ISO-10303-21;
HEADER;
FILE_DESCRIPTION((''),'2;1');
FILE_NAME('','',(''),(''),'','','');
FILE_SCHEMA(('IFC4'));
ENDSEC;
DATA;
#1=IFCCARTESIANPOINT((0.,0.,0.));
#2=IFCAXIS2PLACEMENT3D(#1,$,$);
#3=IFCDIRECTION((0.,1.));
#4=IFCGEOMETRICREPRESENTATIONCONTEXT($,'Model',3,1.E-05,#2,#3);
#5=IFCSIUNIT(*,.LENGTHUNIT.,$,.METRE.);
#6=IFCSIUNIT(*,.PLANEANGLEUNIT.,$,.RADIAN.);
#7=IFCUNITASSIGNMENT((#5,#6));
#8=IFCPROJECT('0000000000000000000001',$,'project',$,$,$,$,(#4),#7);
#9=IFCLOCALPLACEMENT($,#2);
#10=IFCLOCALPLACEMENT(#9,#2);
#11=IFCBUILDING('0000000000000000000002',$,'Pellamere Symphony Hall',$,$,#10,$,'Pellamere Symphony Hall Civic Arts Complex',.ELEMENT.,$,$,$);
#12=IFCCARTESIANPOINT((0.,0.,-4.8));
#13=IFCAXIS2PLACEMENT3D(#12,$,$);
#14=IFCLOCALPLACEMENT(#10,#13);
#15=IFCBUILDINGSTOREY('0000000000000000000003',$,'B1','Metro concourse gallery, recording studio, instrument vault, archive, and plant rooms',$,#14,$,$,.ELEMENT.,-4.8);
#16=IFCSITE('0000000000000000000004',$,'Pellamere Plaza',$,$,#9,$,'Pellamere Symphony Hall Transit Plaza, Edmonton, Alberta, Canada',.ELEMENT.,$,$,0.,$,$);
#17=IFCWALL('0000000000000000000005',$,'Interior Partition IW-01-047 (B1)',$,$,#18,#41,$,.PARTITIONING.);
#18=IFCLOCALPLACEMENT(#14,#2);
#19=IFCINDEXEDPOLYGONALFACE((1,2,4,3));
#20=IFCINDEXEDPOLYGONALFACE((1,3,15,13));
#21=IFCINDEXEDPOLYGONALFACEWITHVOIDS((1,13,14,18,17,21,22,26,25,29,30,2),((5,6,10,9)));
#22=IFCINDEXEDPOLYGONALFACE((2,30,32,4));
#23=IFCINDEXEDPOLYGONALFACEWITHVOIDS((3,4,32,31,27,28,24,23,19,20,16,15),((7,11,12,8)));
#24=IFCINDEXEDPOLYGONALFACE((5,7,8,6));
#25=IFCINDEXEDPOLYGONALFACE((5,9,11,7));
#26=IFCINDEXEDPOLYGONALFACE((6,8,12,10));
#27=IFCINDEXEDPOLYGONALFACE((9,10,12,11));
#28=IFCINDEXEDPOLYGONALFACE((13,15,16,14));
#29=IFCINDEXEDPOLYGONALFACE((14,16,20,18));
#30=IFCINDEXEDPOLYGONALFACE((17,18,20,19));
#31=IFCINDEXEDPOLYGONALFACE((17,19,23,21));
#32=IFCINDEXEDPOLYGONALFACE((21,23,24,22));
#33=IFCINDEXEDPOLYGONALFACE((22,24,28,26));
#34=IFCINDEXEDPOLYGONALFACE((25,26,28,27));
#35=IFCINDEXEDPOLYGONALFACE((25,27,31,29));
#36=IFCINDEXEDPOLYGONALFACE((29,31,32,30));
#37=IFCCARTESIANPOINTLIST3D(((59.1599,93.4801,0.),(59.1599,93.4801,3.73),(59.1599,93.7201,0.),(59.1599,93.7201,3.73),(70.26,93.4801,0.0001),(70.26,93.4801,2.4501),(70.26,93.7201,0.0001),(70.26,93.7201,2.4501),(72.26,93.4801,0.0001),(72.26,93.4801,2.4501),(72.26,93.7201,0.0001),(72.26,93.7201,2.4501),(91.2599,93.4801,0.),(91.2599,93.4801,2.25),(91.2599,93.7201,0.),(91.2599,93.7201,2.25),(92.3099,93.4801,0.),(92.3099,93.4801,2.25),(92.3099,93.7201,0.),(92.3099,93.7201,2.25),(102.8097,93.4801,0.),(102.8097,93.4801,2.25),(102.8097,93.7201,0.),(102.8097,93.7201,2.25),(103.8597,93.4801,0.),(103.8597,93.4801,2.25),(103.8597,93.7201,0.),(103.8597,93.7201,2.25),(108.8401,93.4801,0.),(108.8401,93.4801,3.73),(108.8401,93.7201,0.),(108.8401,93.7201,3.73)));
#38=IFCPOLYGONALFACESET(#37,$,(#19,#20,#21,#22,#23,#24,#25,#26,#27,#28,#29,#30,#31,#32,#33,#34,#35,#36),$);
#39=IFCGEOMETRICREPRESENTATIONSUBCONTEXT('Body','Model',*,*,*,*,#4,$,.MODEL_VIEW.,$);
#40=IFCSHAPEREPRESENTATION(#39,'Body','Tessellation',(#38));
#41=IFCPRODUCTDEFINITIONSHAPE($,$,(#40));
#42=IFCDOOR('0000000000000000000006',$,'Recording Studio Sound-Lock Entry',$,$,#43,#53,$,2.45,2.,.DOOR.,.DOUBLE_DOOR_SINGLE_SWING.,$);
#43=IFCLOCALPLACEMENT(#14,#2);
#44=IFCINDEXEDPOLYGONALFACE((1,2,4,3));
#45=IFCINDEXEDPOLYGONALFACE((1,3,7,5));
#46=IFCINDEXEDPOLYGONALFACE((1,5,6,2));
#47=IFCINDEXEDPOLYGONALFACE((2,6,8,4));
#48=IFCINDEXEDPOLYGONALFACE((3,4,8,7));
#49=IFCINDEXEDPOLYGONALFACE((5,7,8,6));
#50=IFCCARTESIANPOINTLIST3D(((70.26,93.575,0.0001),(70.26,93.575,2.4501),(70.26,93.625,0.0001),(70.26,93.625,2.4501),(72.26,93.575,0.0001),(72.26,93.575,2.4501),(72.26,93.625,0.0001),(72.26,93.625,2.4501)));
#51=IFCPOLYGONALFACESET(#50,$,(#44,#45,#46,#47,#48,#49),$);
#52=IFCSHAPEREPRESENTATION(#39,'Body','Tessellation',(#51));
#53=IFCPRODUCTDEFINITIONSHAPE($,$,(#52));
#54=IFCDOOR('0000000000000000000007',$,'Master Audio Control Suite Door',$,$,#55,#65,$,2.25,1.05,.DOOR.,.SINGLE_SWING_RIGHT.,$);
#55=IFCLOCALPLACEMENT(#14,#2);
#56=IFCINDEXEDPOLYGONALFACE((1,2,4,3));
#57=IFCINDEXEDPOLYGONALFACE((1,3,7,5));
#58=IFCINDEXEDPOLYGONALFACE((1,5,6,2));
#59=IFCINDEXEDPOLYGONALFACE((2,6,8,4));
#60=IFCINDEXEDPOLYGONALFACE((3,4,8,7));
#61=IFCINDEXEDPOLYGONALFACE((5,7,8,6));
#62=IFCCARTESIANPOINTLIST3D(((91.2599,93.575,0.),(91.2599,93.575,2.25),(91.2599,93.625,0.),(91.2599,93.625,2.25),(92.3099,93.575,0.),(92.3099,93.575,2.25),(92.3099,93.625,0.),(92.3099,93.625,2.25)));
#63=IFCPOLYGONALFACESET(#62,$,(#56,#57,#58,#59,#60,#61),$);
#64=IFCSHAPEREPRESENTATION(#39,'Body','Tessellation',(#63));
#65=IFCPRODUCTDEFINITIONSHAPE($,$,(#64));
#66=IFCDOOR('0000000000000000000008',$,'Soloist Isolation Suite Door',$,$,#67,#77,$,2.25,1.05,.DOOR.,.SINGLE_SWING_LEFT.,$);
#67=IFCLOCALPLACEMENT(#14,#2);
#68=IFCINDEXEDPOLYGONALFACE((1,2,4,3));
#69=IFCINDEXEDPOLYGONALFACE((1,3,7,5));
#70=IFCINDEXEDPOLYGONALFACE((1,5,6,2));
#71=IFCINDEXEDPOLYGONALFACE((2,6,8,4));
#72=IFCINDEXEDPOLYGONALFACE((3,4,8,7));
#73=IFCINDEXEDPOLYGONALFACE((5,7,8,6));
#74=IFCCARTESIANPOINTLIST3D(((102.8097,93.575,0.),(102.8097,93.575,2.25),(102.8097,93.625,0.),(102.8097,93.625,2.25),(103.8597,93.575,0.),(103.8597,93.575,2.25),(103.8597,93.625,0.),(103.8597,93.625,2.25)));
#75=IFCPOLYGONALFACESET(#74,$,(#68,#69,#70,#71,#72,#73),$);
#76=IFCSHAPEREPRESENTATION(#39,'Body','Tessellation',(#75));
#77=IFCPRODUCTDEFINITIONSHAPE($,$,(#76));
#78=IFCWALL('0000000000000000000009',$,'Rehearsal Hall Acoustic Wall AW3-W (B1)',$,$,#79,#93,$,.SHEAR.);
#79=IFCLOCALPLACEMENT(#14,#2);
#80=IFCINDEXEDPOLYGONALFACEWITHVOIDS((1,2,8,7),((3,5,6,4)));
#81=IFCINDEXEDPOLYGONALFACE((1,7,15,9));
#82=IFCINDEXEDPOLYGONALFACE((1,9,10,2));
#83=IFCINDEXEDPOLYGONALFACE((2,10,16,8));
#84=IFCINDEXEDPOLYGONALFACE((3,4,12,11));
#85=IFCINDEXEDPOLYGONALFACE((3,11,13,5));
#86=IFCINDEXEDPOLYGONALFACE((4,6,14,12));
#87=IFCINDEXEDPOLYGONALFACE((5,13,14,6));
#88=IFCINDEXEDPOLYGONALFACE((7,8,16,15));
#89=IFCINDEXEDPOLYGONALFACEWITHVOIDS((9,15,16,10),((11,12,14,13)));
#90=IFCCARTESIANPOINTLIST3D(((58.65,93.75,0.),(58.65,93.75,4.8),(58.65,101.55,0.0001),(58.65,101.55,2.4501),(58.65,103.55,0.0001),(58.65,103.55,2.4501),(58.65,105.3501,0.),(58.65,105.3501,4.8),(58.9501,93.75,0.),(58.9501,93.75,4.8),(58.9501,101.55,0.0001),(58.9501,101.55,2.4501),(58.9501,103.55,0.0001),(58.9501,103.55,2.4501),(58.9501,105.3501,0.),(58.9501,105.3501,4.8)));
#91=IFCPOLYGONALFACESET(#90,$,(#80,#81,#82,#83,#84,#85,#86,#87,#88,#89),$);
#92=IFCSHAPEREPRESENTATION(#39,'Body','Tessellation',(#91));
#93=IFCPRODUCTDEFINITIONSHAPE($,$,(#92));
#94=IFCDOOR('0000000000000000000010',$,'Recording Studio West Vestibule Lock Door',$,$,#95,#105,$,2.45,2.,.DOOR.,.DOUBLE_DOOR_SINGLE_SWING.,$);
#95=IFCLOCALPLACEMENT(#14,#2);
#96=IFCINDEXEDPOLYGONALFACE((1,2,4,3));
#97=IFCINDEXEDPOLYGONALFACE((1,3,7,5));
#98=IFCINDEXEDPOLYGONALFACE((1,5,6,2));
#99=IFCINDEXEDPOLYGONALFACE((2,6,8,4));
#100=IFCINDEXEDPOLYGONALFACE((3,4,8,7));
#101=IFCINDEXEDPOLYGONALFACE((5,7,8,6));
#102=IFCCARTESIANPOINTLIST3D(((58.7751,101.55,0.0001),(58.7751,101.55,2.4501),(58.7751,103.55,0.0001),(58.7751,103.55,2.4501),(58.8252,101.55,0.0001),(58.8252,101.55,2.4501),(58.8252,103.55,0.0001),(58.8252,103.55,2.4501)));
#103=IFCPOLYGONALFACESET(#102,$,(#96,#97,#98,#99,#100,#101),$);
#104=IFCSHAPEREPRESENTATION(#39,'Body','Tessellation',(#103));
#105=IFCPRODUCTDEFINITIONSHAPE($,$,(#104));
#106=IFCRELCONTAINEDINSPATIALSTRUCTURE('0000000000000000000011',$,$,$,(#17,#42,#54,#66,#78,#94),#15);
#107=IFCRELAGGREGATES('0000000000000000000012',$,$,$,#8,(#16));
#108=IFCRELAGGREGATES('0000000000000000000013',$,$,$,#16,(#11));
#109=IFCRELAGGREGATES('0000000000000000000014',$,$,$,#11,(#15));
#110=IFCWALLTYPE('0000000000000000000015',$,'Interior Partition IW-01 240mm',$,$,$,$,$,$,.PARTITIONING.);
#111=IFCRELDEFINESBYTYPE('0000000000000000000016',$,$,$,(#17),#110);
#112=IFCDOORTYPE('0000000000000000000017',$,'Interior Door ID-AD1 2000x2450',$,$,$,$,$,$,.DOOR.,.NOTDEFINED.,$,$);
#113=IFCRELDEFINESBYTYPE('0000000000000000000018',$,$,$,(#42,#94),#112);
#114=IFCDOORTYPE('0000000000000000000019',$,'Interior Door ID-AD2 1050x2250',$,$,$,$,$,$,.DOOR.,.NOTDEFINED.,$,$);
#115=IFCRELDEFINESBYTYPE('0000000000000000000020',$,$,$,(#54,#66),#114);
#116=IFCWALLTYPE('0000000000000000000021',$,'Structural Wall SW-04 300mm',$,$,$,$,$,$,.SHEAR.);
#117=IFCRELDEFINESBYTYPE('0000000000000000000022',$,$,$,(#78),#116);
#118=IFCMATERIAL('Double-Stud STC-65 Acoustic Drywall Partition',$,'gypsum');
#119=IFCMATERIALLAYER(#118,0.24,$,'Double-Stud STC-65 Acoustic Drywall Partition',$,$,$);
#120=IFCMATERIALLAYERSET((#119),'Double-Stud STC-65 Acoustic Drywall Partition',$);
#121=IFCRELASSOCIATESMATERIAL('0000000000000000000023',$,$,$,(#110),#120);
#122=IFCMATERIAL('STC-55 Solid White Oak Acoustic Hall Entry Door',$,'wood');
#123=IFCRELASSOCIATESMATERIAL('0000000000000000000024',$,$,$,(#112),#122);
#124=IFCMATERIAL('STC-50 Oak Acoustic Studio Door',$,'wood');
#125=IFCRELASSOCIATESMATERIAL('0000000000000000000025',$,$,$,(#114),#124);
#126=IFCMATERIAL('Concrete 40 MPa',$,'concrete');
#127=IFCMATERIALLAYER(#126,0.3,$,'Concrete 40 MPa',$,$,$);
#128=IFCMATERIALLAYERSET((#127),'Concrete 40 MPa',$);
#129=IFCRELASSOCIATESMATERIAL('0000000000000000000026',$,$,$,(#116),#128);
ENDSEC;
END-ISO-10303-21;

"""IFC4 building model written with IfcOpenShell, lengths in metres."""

from ifc_helpers import new_model, si_unit, direction, frame, frame_2d, origin, place, context, subcontext, project, spatial, rectangle, extrude, material, layer, layer_set, type_object, element, fill, save


model = new_model("IFC4")

# Units and contexts
model_context = context("Model", 3, precision=1e-05, world=origin(), true_north=direction((0.0, 1.0)))
body_context = subcontext(model_context, "Body", "Model", "MODEL_VIEW")
ifc_project = project(units=[si_unit("LENGTHUNIT", "METRE"), si_unit("PLANEANGLEUNIT", "RADIAN")], contexts=[model_context])

# Site, building, storey
site_placement = place(None, origin())
site = spatial("IfcSite", under=ifc_project, at=site_placement, Name="Pellamere Plaza", LongName="Pellamere Symphony Hall Transit Plaza, Edmonton, Alberta, Canada", CompositionType="ELEMENT", RefElevation=0.0)
building_placement = place(site_placement, origin())
building = spatial("IfcBuilding", under=site, at=building_placement, Name="Pellamere Symphony Hall", LongName="Pellamere Symphony Hall Civic Arts Complex", CompositionType="ELEMENT")
storey_placement = place(building_placement, frame((0.0, 0.0, -4.8)))
storey = spatial("IfcBuildingStorey", under=building, at=storey_placement, Name="B1", Description="Metro concourse gallery, recording studio, instrument vault, archive, and plant rooms", CompositionType="ELEMENT", Elevation=-4.8)

# Shared definitions
ifc_material_1 = material(Name="Concrete 40 MPa", Category="concrete")

# Wall, openings, doors
ifc_material_2 = material(Name="Double-Stud STC-65 Acoustic Drywall Partition", Category="gypsum")
ifc_layer_1 = layer(ifc_material_2, 0.24, Name="Double-Stud STC-65 Acoustic Drywall Partition")
ifc_layer_set_1 = layer_set([ifc_layer_1], Name="Double-Stud STC-65 Acoustic Drywall Partition")
wall_type_1 = type_object("IfcWallType", Name="Interior Partition IW-01 240mm", PredefinedType="PARTITIONING", material=ifc_layer_set_1)
wall_1_placement = place(storey_placement, frame((59.1599, 93.6001, 0.0), z_axis=(0.0, 0.0, 1.0), x_axis=(1.0, 0.0, 0.0)))
wall_1 = element("IfcWall", 1, at=wall_1_placement, inside=storey, type_object=wall_type_1, Name="Interior Partition IW-01-047 (B1)", PredefinedType="PARTITIONING", context=body_context, shape_type="SweptSolid", body=[
    extrude(rectangle(XDim=49.6802, YDim=0.24, at=frame_2d((24.8401, 0.0))), origin(), (0.0, 0.0, 1.0), 3.73),
])
opening_1_placement = place(wall_1_placement, frame((11.1001, 0.0, 0.0)))
opening_1 = element("IfcOpeningElement", 2, at=opening_1_placement, cuts=wall_1, PredefinedType="OPENING", context=body_context, shape_type="SweptSolid", body=[
    extrude(rectangle(XDim=2.0, YDim=2.45, at=frame_2d((1.0, 1.2251))), frame((0.0, 0.1299, 0.0), z_axis=(0.0, -1.0, 0.0), x_axis=(1.0, 0.0, 0.0)), (0.0, 0.0, 1.0), 0.26),
])
opening_2_placement = place(wall_1_placement, frame((32.1001, 0.0, 0.0)))
opening_2 = element("IfcOpeningElement", 3, at=opening_2_placement, cuts=wall_1, PredefinedType="OPENING", context=body_context, shape_type="SweptSolid", body=[
    extrude(rectangle(XDim=1.05, YDim=2.25, at=frame_2d((0.5249, 1.125))), frame((0.0, 0.1299, 0.0), z_axis=(0.0, -1.0, 0.0), x_axis=(1.0, 0.0, 0.0)), (0.0, 0.0, 1.0), 0.26),
])
opening_3_placement = place(wall_1_placement, frame((43.6499, 0.0, 0.0)))
opening_3 = element("IfcOpeningElement", 4, at=opening_3_placement, cuts=wall_1, PredefinedType="OPENING", context=body_context, shape_type="SweptSolid", body=[
    extrude(rectangle(XDim=1.05, YDim=2.25, at=frame_2d((0.5249, 1.125))), frame((0.0, 0.1299, 0.0), z_axis=(0.0, -1.0, 0.0), x_axis=(1.0, 0.0, 0.0)), (0.0, 0.0, 1.0), 0.26),
])
ifc_material_3 = material(Name="STC-55 Solid White Oak Acoustic Hall Entry Door", Category="wood")
door_type_1 = type_object("IfcDoorType", Name="Interior Door ID-AD1 2000x2450", OperationType="NOTDEFINED", PredefinedType="DOOR", material=ifc_material_3)
door_1_placement = place(opening_1_placement, origin())
door_1 = element("IfcDoor", 5, at=door_1_placement, inside=storey, type_object=door_type_1, Name="Recording Studio Sound-Lock Entry", OperationType="DOUBLE_DOOR_SINGLE_SWING", OverallHeight=2.45, OverallWidth=2.0, PredefinedType="DOOR", context=body_context, shape_type="SweptSolid", body=[
    extrude(rectangle(XDim=2.0, YDim=2.45, at=frame_2d((1.0, 1.2251))), frame((0.0, 0.0249, 0.0), z_axis=(0.0, -1.0, 0.0), x_axis=(1.0, 0.0, 0.0)), (0.0, 0.0, 1.0), 0.05),
])
fill(opening_1, door_1)
ifc_material_4 = material(Name="STC-50 Oak Acoustic Studio Door", Category="wood")
door_type_2 = type_object("IfcDoorType", Name="Interior Door ID-AD2 1050x2250", OperationType="NOTDEFINED", PredefinedType="DOOR", material=ifc_material_4)
door_2_placement = place(opening_2_placement, origin())
door_2 = element("IfcDoor", 6, at=door_2_placement, inside=storey, type_object=door_type_2, Name="Master Audio Control Suite Door", OperationType="SINGLE_SWING_RIGHT", OverallHeight=2.25, OverallWidth=1.05, PredefinedType="DOOR", context=body_context, shape_type="SweptSolid", body=[
    extrude(rectangle(XDim=1.05, YDim=2.25, at=frame_2d((0.5249, 1.125))), frame((0.0, 0.0249, 0.0), z_axis=(0.0, -1.0, 0.0), x_axis=(1.0, 0.0, 0.0)), (0.0, 0.0, 1.0), 0.05),
])
fill(opening_2, door_2)
door_3_placement = place(opening_3_placement, origin())
door_3 = element("IfcDoor", 7, at=door_3_placement, inside=storey, type_object=door_type_2, Name="Soloist Isolation Suite Door", OperationType="SINGLE_SWING_LEFT", OverallHeight=2.25, OverallWidth=1.05, PredefinedType="DOOR", context=body_context, shape_type="SweptSolid", body=[
    extrude(rectangle(XDim=1.05, YDim=2.25, at=frame_2d((0.5249, 1.125))), frame((0.0, 0.0249, 0.0), z_axis=(0.0, -1.0, 0.0), x_axis=(1.0, 0.0, 0.0)), (0.0, 0.0, 1.0), 0.05),
])
fill(opening_3, door_3)

# Wall, opening, door
ifc_layer_2 = layer(ifc_material_1, 0.3, Name="Concrete 40 MPa")
ifc_layer_set_2 = layer_set([ifc_layer_2], Name="Concrete 40 MPa")
wall_type_2 = type_object("IfcWallType", Name="Structural Wall SW-04 300mm", PredefinedType="SHEAR", material=ifc_layer_set_2)
wall_2_placement = place(storey_placement, frame((58.8, 93.75, 0.0), z_axis=(0.0, 0.0, 1.0), x_axis=(0.0, 1.0, 0.0)))
wall_2 = element("IfcWall", 8, at=wall_2_placement, inside=storey, type_object=wall_type_2, Name="Rehearsal Hall Acoustic Wall AW3-W (B1)", PredefinedType="SHEAR", context=body_context, shape_type="SweptSolid", body=[
    extrude(rectangle(XDim=11.6001, YDim=0.3, at=frame_2d((5.8, 0.0))), origin(), (0.0, 0.0, 1.0), 4.8),
])
opening_4_placement = place(wall_2_placement, frame((7.8, 0.0, 0.0)))
opening_4 = element("IfcOpeningElement", 9, at=opening_4_placement, cuts=wall_2, PredefinedType="OPENING", context=body_context, shape_type="SweptSolid", body=[
    extrude(rectangle(XDim=2.0, YDim=2.45, at=frame_2d((1.0, 1.2251))), frame((0.0, 0.1599, 0.0), z_axis=(0.0, -1.0, 0.0), x_axis=(1.0, 0.0, 0.0)), (0.0, 0.0, 1.0), 0.3201),
])
door_4_placement = place(opening_4_placement, origin())
door_4 = element("IfcDoor", 10, at=door_4_placement, inside=storey, type_object=door_type_1, Name="Recording Studio West Vestibule Lock Door", OperationType="DOUBLE_DOOR_SINGLE_SWING", OverallHeight=2.45, OverallWidth=2.0, PredefinedType="DOOR", context=body_context, shape_type="SweptSolid", body=[
    extrude(rectangle(XDim=2.0, YDim=2.45, at=frame_2d((1.0, 1.2251))), frame((0.0, 0.0249, 0.0), z_axis=(0.0, -1.0, 0.0), x_axis=(1.0, 0.0, 0.0)), (0.0, 0.0, 1.0), 0.05),
])
fill(opening_4, door_4)

save(model, "model.ifc")
